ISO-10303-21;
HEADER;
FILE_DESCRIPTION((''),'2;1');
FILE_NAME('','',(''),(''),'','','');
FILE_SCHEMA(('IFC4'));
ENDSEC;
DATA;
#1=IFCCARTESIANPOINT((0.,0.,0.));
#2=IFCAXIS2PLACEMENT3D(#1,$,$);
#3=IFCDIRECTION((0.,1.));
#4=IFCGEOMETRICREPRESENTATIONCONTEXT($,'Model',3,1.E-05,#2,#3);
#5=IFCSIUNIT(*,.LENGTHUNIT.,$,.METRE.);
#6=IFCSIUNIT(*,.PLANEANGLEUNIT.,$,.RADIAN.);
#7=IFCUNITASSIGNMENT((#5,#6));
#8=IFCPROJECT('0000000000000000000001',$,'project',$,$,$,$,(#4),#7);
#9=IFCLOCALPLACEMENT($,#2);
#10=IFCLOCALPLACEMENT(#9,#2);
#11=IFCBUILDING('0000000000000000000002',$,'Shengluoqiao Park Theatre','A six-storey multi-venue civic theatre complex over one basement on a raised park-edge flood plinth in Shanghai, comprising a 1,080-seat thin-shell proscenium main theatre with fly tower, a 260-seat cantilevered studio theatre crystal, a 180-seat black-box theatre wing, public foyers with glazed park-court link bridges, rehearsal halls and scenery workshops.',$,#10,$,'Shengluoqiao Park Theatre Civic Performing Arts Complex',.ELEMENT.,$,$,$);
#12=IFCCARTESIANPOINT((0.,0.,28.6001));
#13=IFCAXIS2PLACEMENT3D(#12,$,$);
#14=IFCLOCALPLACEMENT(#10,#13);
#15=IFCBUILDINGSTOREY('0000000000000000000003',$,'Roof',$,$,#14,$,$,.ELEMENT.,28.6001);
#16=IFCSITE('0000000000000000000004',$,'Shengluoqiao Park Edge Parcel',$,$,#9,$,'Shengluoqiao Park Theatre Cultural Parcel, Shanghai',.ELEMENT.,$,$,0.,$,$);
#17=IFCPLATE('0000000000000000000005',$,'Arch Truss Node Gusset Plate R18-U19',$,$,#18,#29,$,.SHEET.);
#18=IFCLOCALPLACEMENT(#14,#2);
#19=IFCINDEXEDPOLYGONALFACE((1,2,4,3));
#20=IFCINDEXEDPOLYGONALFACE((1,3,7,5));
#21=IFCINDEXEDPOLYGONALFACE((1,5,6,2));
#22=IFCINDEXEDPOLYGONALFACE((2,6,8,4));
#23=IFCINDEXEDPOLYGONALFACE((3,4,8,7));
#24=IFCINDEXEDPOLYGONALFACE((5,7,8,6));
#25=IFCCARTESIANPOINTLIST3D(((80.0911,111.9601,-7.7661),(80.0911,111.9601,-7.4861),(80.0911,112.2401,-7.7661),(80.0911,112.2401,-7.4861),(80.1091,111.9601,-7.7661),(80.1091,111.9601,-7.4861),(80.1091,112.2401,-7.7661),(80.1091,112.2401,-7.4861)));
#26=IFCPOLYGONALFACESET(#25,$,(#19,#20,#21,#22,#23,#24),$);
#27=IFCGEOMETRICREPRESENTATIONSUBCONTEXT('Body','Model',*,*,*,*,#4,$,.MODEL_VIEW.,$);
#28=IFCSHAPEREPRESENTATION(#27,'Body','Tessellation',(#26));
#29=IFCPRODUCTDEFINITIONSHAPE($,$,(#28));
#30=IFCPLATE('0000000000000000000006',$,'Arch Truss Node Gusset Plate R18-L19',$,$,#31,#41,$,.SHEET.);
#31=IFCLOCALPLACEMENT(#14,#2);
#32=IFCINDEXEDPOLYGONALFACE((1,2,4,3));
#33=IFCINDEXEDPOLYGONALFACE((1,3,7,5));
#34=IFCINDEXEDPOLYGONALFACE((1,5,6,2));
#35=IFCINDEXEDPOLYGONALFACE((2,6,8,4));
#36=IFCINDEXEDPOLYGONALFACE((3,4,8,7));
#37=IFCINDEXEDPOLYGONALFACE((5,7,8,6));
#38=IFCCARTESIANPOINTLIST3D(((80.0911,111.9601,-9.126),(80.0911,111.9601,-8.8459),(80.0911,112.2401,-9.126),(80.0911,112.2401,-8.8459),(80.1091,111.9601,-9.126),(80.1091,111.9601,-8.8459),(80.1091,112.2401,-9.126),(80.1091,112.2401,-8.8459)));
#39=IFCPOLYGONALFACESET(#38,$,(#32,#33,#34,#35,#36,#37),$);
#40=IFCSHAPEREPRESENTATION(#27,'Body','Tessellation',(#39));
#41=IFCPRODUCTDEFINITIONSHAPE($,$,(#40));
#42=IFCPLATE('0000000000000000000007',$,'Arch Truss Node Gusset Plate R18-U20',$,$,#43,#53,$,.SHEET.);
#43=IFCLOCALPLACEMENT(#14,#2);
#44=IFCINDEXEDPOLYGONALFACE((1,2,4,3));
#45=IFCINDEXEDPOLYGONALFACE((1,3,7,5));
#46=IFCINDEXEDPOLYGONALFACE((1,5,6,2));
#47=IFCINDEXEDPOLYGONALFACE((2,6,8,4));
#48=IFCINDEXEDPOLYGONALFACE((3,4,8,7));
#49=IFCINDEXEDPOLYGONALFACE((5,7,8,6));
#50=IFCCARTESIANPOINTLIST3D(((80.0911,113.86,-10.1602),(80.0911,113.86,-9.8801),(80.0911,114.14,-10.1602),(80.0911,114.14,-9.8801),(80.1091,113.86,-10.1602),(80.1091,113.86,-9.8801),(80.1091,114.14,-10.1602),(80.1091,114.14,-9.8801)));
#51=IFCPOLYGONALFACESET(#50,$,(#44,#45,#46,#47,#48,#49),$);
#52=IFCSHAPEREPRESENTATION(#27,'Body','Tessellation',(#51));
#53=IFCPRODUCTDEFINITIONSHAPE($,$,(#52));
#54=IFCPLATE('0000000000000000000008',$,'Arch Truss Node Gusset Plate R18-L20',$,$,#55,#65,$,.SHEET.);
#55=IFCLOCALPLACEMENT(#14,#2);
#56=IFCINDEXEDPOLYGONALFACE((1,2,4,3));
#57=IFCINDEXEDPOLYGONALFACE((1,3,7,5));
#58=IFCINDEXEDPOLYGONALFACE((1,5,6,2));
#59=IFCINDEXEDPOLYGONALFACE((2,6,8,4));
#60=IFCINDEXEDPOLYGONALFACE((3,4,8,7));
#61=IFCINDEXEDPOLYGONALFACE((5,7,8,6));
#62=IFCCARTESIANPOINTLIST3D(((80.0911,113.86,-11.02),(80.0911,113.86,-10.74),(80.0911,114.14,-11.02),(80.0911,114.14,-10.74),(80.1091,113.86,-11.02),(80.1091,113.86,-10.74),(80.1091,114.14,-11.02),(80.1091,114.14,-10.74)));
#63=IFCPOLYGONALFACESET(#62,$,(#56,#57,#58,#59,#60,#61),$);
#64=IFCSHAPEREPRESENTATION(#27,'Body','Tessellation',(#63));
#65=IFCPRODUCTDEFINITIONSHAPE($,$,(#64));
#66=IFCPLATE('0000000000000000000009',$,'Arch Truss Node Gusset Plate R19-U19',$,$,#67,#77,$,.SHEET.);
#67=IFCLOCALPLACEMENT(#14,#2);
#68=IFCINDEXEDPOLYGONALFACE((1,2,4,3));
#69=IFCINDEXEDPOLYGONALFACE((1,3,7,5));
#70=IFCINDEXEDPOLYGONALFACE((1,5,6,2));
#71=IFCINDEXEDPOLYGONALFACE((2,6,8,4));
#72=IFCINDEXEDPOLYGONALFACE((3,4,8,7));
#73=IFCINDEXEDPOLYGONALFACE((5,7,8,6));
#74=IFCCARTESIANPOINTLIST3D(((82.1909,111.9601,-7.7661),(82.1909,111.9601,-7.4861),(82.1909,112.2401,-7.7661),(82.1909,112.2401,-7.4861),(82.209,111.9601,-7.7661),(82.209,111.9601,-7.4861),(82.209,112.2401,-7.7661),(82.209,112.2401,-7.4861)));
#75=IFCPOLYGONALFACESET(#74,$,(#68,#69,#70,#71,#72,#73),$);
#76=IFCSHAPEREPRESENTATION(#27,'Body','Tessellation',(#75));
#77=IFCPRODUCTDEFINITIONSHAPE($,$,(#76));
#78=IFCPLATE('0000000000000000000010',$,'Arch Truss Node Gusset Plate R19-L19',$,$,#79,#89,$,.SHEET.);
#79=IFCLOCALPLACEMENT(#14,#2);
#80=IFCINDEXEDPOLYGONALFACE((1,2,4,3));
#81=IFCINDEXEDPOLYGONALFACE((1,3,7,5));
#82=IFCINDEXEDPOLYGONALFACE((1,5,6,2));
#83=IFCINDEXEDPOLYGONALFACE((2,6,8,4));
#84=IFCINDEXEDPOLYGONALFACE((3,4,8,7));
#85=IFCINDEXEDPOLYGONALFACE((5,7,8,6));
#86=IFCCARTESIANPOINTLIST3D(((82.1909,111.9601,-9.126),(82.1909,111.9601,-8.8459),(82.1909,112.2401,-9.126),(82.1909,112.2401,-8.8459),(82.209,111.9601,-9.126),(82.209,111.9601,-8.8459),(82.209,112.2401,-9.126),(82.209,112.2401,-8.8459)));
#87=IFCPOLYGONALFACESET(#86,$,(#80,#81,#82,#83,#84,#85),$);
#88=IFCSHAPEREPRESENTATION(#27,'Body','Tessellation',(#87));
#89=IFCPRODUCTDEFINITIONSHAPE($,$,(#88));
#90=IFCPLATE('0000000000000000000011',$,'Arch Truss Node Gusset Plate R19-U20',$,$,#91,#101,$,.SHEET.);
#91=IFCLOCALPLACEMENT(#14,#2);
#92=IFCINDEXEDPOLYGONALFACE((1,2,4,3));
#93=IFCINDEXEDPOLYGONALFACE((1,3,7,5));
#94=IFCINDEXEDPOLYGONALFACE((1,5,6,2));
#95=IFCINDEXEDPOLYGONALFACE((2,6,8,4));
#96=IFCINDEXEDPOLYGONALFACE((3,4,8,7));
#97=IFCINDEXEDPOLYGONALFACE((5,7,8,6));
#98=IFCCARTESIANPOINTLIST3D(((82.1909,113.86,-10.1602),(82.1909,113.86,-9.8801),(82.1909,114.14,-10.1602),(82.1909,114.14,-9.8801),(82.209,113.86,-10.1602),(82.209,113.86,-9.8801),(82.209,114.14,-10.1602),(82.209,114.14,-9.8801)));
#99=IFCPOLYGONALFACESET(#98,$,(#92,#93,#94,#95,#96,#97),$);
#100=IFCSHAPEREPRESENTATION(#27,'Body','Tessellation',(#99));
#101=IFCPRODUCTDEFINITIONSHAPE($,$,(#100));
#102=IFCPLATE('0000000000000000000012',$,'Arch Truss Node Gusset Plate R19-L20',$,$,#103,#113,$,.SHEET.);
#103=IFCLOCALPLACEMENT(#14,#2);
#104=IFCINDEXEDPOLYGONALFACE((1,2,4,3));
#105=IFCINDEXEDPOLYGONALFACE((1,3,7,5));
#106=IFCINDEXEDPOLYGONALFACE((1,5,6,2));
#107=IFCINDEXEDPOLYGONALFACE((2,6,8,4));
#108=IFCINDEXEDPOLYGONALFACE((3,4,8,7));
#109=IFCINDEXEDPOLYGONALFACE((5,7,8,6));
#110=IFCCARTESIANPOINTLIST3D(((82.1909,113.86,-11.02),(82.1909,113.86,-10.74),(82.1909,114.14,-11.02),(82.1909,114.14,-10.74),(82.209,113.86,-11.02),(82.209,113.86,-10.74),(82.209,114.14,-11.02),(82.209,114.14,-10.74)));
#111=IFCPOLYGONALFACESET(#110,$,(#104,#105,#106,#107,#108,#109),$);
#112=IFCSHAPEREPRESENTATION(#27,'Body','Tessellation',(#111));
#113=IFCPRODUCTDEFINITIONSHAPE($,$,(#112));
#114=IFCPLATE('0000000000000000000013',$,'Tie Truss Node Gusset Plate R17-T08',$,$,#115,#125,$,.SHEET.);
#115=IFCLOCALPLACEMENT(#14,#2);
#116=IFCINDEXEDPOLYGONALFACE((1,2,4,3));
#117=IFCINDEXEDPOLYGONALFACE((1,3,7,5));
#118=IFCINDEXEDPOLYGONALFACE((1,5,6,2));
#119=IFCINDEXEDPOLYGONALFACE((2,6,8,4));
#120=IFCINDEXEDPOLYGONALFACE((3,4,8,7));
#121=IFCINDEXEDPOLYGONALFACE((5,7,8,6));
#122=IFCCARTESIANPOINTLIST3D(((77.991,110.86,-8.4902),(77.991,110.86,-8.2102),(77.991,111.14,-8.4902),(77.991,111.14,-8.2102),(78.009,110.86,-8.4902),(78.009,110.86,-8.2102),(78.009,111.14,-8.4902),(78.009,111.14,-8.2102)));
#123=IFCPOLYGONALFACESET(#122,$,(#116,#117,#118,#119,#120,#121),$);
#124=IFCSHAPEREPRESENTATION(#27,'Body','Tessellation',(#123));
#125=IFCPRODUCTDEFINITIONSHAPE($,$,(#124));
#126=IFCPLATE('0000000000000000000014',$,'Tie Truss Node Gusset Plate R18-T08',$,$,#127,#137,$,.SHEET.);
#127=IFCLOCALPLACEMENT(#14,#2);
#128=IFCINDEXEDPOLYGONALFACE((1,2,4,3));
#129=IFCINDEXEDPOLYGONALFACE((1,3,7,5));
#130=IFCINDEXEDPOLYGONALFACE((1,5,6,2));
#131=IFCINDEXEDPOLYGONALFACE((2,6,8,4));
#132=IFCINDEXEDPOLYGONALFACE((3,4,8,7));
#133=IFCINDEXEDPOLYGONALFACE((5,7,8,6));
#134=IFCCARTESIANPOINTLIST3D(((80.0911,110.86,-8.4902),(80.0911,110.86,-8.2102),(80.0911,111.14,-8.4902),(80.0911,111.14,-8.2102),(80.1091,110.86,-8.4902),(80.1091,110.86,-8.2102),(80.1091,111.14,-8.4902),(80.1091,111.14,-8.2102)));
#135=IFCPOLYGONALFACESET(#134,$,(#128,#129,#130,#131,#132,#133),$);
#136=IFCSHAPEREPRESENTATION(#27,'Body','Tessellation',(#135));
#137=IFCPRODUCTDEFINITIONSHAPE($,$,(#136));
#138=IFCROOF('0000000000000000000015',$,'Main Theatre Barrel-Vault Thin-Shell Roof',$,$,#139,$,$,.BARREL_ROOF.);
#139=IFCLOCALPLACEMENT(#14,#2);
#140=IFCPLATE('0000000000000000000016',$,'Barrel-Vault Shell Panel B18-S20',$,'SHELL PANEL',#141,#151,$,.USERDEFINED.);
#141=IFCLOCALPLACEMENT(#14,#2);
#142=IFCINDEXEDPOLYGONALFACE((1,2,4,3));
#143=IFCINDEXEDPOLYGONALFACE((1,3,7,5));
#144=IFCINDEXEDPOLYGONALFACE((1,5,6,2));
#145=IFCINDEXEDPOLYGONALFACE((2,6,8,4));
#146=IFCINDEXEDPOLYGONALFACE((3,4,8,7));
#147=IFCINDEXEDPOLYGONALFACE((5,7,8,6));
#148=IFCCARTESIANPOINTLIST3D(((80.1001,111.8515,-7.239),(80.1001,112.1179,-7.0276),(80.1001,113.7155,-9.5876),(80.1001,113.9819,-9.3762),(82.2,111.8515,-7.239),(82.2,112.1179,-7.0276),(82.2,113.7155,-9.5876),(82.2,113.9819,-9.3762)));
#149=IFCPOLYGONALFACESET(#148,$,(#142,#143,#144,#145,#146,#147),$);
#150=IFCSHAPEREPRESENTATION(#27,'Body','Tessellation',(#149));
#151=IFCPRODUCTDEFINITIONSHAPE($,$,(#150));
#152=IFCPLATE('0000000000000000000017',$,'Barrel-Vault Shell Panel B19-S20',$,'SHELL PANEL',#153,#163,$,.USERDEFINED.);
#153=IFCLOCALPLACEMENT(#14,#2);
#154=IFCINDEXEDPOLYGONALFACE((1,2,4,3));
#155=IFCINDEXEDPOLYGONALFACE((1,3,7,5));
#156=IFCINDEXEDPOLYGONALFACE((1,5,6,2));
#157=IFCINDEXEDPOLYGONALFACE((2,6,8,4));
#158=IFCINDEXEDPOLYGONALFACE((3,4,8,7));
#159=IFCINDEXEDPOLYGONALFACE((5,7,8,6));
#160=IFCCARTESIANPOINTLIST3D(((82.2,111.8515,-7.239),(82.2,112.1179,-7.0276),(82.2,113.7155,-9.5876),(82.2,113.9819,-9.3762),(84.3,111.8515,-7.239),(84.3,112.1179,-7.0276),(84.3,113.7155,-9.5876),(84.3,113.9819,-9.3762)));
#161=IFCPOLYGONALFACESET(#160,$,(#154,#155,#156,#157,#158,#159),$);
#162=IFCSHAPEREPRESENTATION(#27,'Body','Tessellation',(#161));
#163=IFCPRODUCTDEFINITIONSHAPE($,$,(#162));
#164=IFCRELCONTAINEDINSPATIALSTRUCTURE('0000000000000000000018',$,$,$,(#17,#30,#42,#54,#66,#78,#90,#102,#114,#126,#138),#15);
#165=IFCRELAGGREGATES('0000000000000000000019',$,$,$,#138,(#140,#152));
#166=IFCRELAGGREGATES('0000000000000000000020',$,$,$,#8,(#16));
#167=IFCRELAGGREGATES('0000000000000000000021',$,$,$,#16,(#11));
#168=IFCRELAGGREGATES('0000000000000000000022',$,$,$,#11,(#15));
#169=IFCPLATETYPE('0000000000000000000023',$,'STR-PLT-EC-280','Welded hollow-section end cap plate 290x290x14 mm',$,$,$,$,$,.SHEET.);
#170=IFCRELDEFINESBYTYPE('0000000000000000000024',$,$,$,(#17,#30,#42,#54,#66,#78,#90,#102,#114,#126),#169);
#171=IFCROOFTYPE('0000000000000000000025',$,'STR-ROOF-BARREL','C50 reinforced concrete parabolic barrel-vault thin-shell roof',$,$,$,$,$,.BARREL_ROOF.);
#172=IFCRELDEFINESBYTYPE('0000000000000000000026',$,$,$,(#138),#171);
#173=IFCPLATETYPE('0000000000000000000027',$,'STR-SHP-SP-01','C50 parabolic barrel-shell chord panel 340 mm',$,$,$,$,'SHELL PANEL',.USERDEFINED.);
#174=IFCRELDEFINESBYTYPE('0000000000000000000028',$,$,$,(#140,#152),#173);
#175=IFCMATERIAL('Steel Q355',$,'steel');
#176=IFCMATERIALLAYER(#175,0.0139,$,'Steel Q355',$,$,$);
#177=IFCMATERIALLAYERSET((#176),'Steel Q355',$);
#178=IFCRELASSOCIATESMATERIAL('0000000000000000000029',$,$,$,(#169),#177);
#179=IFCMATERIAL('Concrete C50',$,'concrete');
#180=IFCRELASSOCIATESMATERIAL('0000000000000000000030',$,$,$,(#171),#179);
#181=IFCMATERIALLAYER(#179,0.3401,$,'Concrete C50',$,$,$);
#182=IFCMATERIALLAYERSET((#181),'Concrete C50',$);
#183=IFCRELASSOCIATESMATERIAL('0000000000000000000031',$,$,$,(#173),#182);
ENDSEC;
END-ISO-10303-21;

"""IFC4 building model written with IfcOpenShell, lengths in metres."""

from ifc_helpers import new_model, si_unit, direction, frame, origin, origin_2d, place, context, subcontext, project, spatial, polyline, rectangle, outline, extrude, material, layer, layer_set, type_object, element, aggregate, save


model = new_model("IFC4")

# Units and contexts
model_context = context("Model", 3, precision=1e-05, world=origin(), true_north=direction((0.0, 1.0)))
body_context = subcontext(model_context, "Body", "Model", "MODEL_VIEW")
ifc_project = project(units=[si_unit("LENGTHUNIT", "METRE"), si_unit("PLANEANGLEUNIT", "RADIAN")], contexts=[model_context])

# Site, building, storey
site_placement = place(None, origin())
site = spatial("IfcSite", under=ifc_project, at=site_placement, Name="Shengluoqiao Park Edge Parcel", LongName="Shengluoqiao Park Theatre Cultural Parcel, Shanghai", CompositionType="ELEMENT", RefElevation=0.0)
building_placement = place(site_placement, origin())
building = spatial("IfcBuilding", under=site, at=building_placement, Name="Shengluoqiao Park Theatre", Description="A six-storey multi-venue civic theatre complex over one basement on a raised park-edge flood plinth in Shanghai, comprising a 1,080-seat thin-shell proscenium main theatre with fly tower, a 260-seat cantilevered studio theatre crystal, a 180-seat black-box theatre wing, public foyers with glazed park-court link bridges, rehearsal halls and scenery workshops.", LongName="Shengluoqiao Park Theatre Civic Performing Arts Complex", CompositionType="ELEMENT")
storey_placement = place(building_placement, frame((0.0, 0.0, 28.6001)))
storey = spatial("IfcBuildingStorey", under=building, at=storey_placement, Name="Roof", CompositionType="ELEMENT", Elevation=28.6001)

# Shared definitions
ifc_material_1 = material(Name="Concrete C50", Category="concrete")
ifc_material_2 = material(Name="Steel Q355", Category="steel")

# Plates
ifc_layer_1 = layer(ifc_material_2, 0.0139, Name="Steel Q355")
ifc_layer_set_1 = layer_set([ifc_layer_1], Name="Steel Q355")
plate_type_1 = type_object("IfcPlateType", Name="STR-PLT-EC-280", Description="Welded hollow-section end cap plate 290x290x14 mm", PredefinedType="SHEET", material=ifc_layer_set_1)
for number, where, z_axis, x_axis, name in (
    (1, (80.1001, 112.1001, -7.7661), (0.0, 0.0, 1.0), (1.0, 0.0, 0.0), "Arch Truss Node Gusset Plate R18-U19"),
    (2, (80.1001, 112.1001, -9.126), (0.0, 0.0, 1.0), (1.0, 0.0, 0.0), "Arch Truss Node Gusset Plate R18-L19"),
    (3, (80.1001, 114.0, -10.1602), (0.0, 0.0, 1.0), (1.0, 0.0, 0.0), "Arch Truss Node Gusset Plate R18-U20"),
    (4, (80.1001, 114.0, -11.02), (0.0, 0.0, 1.0), (1.0, 0.0, 0.0), "Arch Truss Node Gusset Plate R18-L20"),
    (5, (82.2, 112.1001, -7.7661), (0.0, 0.0, 1.0), (1.0, 0.0, 0.0), "Arch Truss Node Gusset Plate R19-U19"),
    (6, (82.2, 112.1001, -9.126), (0.0, 0.0, 1.0), (1.0, 0.0, 0.0), "Arch Truss Node Gusset Plate R19-L19"),
    (7, (82.2, 114.0, -10.1602), (0.0, 0.0, 1.0), (1.0, 0.0, 0.0), "Arch Truss Node Gusset Plate R19-U20"),
    (8, (82.2, 114.0, -11.02), (0.0, 0.0, 1.0), (1.0, 0.0, 0.0), "Arch Truss Node Gusset Plate R19-L20"),
    (9, (78.0, 111.0, -8.4902), (0.0, 0.0, 1.0), (1.0, 0.0, 0.0), "Tie Truss Node Gusset Plate R17-T08"),
    (10, (80.1001, 111.0, -8.4902), (0.0, 0.0, 1.0), (1.0, 0.0, 0.0), "Tie Truss Node Gusset Plate R18-T08"),
):
    element("IfcPlate", number, at=place(storey_placement, frame(where, z_axis=z_axis, x_axis=x_axis)), inside=storey, type_object=plate_type_1, Name=name, PredefinedType="SHEET", context=body_context, shape_type="SweptSolid", body=[
        extrude(rectangle(XDim=0.0181, YDim=0.28, at=origin_2d()), origin(), (0.0, 0.0, 1.0), 0.28),
    ])

# Roof, plates
roof_type = type_object("IfcRoofType", Name="STR-ROOF-BARREL", Description="C50 reinforced concrete parabolic barrel-vault thin-shell roof", PredefinedType="BARREL_ROOF", material=ifc_material_1)
roof_placement = place(storey_placement, origin())
roof = element("IfcRoof", 11, at=roof_placement, inside=storey, type_object=roof_type, Name="Main Theatre Barrel-Vault Thin-Shell Roof", PredefinedType="BARREL_ROOF")
ifc_layer_2 = layer(ifc_material_1, 0.3401, Name="Concrete C50")
ifc_layer_set_2 = layer_set([ifc_layer_2], Name="Concrete C50")
plate_type_2 = type_object("IfcPlateType", Name="STR-SHP-SP-01", Description="C50 parabolic barrel-shell chord panel 340 mm", ElementType="SHELL PANEL", PredefinedType="USERDEFINED", material=ifc_layer_set_2)
plate_1_placement = place(storey_placement, frame((80.1001, 112.1179, -7.0276), z_axis=(0.0, 0.783286, 0.621662), x_axis=(1.0, 0.0, 0.0)))
plate_1 = element("IfcPlate", 12, at=plate_1_placement, type_object=plate_type_2, Name="Barrel-Vault Shell Panel B18-S20", ObjectType="SHELL PANEL", PredefinedType="USERDEFINED", context=body_context, shape_type="SweptSolid", body=[
    extrude(outline(polyline([(0.0, 0.0), (2.0999, 0.0), (2.0999, 2.9984), (0.0, 2.9984), (0.0, 0.0)])), origin(), (0.0, 0.0, -1.0), 0.3401),
])
plate_2_placement = place(storey_placement, frame((82.2, 112.1179, -7.0276), z_axis=(0.0, 0.783286, 0.621662), x_axis=(1.0, 0.0, 0.0)))
plate_2 = element("IfcPlate", 13, at=plate_2_placement, type_object=plate_type_2, Name="Barrel-Vault Shell Panel B19-S20", ObjectType="SHELL PANEL", PredefinedType="USERDEFINED", context=body_context, shape_type="SweptSolid", body=[
    extrude(outline(polyline([(0.0, 0.0), (2.1001, 0.0), (2.1001, 2.9984), (0.0, 2.9984), (0.0, 0.0)])), origin(), (0.0, 0.0, -1.0), 0.3401),
])
aggregate(roof, [plate_1, plate_2])

save(model, "model.ifc")
